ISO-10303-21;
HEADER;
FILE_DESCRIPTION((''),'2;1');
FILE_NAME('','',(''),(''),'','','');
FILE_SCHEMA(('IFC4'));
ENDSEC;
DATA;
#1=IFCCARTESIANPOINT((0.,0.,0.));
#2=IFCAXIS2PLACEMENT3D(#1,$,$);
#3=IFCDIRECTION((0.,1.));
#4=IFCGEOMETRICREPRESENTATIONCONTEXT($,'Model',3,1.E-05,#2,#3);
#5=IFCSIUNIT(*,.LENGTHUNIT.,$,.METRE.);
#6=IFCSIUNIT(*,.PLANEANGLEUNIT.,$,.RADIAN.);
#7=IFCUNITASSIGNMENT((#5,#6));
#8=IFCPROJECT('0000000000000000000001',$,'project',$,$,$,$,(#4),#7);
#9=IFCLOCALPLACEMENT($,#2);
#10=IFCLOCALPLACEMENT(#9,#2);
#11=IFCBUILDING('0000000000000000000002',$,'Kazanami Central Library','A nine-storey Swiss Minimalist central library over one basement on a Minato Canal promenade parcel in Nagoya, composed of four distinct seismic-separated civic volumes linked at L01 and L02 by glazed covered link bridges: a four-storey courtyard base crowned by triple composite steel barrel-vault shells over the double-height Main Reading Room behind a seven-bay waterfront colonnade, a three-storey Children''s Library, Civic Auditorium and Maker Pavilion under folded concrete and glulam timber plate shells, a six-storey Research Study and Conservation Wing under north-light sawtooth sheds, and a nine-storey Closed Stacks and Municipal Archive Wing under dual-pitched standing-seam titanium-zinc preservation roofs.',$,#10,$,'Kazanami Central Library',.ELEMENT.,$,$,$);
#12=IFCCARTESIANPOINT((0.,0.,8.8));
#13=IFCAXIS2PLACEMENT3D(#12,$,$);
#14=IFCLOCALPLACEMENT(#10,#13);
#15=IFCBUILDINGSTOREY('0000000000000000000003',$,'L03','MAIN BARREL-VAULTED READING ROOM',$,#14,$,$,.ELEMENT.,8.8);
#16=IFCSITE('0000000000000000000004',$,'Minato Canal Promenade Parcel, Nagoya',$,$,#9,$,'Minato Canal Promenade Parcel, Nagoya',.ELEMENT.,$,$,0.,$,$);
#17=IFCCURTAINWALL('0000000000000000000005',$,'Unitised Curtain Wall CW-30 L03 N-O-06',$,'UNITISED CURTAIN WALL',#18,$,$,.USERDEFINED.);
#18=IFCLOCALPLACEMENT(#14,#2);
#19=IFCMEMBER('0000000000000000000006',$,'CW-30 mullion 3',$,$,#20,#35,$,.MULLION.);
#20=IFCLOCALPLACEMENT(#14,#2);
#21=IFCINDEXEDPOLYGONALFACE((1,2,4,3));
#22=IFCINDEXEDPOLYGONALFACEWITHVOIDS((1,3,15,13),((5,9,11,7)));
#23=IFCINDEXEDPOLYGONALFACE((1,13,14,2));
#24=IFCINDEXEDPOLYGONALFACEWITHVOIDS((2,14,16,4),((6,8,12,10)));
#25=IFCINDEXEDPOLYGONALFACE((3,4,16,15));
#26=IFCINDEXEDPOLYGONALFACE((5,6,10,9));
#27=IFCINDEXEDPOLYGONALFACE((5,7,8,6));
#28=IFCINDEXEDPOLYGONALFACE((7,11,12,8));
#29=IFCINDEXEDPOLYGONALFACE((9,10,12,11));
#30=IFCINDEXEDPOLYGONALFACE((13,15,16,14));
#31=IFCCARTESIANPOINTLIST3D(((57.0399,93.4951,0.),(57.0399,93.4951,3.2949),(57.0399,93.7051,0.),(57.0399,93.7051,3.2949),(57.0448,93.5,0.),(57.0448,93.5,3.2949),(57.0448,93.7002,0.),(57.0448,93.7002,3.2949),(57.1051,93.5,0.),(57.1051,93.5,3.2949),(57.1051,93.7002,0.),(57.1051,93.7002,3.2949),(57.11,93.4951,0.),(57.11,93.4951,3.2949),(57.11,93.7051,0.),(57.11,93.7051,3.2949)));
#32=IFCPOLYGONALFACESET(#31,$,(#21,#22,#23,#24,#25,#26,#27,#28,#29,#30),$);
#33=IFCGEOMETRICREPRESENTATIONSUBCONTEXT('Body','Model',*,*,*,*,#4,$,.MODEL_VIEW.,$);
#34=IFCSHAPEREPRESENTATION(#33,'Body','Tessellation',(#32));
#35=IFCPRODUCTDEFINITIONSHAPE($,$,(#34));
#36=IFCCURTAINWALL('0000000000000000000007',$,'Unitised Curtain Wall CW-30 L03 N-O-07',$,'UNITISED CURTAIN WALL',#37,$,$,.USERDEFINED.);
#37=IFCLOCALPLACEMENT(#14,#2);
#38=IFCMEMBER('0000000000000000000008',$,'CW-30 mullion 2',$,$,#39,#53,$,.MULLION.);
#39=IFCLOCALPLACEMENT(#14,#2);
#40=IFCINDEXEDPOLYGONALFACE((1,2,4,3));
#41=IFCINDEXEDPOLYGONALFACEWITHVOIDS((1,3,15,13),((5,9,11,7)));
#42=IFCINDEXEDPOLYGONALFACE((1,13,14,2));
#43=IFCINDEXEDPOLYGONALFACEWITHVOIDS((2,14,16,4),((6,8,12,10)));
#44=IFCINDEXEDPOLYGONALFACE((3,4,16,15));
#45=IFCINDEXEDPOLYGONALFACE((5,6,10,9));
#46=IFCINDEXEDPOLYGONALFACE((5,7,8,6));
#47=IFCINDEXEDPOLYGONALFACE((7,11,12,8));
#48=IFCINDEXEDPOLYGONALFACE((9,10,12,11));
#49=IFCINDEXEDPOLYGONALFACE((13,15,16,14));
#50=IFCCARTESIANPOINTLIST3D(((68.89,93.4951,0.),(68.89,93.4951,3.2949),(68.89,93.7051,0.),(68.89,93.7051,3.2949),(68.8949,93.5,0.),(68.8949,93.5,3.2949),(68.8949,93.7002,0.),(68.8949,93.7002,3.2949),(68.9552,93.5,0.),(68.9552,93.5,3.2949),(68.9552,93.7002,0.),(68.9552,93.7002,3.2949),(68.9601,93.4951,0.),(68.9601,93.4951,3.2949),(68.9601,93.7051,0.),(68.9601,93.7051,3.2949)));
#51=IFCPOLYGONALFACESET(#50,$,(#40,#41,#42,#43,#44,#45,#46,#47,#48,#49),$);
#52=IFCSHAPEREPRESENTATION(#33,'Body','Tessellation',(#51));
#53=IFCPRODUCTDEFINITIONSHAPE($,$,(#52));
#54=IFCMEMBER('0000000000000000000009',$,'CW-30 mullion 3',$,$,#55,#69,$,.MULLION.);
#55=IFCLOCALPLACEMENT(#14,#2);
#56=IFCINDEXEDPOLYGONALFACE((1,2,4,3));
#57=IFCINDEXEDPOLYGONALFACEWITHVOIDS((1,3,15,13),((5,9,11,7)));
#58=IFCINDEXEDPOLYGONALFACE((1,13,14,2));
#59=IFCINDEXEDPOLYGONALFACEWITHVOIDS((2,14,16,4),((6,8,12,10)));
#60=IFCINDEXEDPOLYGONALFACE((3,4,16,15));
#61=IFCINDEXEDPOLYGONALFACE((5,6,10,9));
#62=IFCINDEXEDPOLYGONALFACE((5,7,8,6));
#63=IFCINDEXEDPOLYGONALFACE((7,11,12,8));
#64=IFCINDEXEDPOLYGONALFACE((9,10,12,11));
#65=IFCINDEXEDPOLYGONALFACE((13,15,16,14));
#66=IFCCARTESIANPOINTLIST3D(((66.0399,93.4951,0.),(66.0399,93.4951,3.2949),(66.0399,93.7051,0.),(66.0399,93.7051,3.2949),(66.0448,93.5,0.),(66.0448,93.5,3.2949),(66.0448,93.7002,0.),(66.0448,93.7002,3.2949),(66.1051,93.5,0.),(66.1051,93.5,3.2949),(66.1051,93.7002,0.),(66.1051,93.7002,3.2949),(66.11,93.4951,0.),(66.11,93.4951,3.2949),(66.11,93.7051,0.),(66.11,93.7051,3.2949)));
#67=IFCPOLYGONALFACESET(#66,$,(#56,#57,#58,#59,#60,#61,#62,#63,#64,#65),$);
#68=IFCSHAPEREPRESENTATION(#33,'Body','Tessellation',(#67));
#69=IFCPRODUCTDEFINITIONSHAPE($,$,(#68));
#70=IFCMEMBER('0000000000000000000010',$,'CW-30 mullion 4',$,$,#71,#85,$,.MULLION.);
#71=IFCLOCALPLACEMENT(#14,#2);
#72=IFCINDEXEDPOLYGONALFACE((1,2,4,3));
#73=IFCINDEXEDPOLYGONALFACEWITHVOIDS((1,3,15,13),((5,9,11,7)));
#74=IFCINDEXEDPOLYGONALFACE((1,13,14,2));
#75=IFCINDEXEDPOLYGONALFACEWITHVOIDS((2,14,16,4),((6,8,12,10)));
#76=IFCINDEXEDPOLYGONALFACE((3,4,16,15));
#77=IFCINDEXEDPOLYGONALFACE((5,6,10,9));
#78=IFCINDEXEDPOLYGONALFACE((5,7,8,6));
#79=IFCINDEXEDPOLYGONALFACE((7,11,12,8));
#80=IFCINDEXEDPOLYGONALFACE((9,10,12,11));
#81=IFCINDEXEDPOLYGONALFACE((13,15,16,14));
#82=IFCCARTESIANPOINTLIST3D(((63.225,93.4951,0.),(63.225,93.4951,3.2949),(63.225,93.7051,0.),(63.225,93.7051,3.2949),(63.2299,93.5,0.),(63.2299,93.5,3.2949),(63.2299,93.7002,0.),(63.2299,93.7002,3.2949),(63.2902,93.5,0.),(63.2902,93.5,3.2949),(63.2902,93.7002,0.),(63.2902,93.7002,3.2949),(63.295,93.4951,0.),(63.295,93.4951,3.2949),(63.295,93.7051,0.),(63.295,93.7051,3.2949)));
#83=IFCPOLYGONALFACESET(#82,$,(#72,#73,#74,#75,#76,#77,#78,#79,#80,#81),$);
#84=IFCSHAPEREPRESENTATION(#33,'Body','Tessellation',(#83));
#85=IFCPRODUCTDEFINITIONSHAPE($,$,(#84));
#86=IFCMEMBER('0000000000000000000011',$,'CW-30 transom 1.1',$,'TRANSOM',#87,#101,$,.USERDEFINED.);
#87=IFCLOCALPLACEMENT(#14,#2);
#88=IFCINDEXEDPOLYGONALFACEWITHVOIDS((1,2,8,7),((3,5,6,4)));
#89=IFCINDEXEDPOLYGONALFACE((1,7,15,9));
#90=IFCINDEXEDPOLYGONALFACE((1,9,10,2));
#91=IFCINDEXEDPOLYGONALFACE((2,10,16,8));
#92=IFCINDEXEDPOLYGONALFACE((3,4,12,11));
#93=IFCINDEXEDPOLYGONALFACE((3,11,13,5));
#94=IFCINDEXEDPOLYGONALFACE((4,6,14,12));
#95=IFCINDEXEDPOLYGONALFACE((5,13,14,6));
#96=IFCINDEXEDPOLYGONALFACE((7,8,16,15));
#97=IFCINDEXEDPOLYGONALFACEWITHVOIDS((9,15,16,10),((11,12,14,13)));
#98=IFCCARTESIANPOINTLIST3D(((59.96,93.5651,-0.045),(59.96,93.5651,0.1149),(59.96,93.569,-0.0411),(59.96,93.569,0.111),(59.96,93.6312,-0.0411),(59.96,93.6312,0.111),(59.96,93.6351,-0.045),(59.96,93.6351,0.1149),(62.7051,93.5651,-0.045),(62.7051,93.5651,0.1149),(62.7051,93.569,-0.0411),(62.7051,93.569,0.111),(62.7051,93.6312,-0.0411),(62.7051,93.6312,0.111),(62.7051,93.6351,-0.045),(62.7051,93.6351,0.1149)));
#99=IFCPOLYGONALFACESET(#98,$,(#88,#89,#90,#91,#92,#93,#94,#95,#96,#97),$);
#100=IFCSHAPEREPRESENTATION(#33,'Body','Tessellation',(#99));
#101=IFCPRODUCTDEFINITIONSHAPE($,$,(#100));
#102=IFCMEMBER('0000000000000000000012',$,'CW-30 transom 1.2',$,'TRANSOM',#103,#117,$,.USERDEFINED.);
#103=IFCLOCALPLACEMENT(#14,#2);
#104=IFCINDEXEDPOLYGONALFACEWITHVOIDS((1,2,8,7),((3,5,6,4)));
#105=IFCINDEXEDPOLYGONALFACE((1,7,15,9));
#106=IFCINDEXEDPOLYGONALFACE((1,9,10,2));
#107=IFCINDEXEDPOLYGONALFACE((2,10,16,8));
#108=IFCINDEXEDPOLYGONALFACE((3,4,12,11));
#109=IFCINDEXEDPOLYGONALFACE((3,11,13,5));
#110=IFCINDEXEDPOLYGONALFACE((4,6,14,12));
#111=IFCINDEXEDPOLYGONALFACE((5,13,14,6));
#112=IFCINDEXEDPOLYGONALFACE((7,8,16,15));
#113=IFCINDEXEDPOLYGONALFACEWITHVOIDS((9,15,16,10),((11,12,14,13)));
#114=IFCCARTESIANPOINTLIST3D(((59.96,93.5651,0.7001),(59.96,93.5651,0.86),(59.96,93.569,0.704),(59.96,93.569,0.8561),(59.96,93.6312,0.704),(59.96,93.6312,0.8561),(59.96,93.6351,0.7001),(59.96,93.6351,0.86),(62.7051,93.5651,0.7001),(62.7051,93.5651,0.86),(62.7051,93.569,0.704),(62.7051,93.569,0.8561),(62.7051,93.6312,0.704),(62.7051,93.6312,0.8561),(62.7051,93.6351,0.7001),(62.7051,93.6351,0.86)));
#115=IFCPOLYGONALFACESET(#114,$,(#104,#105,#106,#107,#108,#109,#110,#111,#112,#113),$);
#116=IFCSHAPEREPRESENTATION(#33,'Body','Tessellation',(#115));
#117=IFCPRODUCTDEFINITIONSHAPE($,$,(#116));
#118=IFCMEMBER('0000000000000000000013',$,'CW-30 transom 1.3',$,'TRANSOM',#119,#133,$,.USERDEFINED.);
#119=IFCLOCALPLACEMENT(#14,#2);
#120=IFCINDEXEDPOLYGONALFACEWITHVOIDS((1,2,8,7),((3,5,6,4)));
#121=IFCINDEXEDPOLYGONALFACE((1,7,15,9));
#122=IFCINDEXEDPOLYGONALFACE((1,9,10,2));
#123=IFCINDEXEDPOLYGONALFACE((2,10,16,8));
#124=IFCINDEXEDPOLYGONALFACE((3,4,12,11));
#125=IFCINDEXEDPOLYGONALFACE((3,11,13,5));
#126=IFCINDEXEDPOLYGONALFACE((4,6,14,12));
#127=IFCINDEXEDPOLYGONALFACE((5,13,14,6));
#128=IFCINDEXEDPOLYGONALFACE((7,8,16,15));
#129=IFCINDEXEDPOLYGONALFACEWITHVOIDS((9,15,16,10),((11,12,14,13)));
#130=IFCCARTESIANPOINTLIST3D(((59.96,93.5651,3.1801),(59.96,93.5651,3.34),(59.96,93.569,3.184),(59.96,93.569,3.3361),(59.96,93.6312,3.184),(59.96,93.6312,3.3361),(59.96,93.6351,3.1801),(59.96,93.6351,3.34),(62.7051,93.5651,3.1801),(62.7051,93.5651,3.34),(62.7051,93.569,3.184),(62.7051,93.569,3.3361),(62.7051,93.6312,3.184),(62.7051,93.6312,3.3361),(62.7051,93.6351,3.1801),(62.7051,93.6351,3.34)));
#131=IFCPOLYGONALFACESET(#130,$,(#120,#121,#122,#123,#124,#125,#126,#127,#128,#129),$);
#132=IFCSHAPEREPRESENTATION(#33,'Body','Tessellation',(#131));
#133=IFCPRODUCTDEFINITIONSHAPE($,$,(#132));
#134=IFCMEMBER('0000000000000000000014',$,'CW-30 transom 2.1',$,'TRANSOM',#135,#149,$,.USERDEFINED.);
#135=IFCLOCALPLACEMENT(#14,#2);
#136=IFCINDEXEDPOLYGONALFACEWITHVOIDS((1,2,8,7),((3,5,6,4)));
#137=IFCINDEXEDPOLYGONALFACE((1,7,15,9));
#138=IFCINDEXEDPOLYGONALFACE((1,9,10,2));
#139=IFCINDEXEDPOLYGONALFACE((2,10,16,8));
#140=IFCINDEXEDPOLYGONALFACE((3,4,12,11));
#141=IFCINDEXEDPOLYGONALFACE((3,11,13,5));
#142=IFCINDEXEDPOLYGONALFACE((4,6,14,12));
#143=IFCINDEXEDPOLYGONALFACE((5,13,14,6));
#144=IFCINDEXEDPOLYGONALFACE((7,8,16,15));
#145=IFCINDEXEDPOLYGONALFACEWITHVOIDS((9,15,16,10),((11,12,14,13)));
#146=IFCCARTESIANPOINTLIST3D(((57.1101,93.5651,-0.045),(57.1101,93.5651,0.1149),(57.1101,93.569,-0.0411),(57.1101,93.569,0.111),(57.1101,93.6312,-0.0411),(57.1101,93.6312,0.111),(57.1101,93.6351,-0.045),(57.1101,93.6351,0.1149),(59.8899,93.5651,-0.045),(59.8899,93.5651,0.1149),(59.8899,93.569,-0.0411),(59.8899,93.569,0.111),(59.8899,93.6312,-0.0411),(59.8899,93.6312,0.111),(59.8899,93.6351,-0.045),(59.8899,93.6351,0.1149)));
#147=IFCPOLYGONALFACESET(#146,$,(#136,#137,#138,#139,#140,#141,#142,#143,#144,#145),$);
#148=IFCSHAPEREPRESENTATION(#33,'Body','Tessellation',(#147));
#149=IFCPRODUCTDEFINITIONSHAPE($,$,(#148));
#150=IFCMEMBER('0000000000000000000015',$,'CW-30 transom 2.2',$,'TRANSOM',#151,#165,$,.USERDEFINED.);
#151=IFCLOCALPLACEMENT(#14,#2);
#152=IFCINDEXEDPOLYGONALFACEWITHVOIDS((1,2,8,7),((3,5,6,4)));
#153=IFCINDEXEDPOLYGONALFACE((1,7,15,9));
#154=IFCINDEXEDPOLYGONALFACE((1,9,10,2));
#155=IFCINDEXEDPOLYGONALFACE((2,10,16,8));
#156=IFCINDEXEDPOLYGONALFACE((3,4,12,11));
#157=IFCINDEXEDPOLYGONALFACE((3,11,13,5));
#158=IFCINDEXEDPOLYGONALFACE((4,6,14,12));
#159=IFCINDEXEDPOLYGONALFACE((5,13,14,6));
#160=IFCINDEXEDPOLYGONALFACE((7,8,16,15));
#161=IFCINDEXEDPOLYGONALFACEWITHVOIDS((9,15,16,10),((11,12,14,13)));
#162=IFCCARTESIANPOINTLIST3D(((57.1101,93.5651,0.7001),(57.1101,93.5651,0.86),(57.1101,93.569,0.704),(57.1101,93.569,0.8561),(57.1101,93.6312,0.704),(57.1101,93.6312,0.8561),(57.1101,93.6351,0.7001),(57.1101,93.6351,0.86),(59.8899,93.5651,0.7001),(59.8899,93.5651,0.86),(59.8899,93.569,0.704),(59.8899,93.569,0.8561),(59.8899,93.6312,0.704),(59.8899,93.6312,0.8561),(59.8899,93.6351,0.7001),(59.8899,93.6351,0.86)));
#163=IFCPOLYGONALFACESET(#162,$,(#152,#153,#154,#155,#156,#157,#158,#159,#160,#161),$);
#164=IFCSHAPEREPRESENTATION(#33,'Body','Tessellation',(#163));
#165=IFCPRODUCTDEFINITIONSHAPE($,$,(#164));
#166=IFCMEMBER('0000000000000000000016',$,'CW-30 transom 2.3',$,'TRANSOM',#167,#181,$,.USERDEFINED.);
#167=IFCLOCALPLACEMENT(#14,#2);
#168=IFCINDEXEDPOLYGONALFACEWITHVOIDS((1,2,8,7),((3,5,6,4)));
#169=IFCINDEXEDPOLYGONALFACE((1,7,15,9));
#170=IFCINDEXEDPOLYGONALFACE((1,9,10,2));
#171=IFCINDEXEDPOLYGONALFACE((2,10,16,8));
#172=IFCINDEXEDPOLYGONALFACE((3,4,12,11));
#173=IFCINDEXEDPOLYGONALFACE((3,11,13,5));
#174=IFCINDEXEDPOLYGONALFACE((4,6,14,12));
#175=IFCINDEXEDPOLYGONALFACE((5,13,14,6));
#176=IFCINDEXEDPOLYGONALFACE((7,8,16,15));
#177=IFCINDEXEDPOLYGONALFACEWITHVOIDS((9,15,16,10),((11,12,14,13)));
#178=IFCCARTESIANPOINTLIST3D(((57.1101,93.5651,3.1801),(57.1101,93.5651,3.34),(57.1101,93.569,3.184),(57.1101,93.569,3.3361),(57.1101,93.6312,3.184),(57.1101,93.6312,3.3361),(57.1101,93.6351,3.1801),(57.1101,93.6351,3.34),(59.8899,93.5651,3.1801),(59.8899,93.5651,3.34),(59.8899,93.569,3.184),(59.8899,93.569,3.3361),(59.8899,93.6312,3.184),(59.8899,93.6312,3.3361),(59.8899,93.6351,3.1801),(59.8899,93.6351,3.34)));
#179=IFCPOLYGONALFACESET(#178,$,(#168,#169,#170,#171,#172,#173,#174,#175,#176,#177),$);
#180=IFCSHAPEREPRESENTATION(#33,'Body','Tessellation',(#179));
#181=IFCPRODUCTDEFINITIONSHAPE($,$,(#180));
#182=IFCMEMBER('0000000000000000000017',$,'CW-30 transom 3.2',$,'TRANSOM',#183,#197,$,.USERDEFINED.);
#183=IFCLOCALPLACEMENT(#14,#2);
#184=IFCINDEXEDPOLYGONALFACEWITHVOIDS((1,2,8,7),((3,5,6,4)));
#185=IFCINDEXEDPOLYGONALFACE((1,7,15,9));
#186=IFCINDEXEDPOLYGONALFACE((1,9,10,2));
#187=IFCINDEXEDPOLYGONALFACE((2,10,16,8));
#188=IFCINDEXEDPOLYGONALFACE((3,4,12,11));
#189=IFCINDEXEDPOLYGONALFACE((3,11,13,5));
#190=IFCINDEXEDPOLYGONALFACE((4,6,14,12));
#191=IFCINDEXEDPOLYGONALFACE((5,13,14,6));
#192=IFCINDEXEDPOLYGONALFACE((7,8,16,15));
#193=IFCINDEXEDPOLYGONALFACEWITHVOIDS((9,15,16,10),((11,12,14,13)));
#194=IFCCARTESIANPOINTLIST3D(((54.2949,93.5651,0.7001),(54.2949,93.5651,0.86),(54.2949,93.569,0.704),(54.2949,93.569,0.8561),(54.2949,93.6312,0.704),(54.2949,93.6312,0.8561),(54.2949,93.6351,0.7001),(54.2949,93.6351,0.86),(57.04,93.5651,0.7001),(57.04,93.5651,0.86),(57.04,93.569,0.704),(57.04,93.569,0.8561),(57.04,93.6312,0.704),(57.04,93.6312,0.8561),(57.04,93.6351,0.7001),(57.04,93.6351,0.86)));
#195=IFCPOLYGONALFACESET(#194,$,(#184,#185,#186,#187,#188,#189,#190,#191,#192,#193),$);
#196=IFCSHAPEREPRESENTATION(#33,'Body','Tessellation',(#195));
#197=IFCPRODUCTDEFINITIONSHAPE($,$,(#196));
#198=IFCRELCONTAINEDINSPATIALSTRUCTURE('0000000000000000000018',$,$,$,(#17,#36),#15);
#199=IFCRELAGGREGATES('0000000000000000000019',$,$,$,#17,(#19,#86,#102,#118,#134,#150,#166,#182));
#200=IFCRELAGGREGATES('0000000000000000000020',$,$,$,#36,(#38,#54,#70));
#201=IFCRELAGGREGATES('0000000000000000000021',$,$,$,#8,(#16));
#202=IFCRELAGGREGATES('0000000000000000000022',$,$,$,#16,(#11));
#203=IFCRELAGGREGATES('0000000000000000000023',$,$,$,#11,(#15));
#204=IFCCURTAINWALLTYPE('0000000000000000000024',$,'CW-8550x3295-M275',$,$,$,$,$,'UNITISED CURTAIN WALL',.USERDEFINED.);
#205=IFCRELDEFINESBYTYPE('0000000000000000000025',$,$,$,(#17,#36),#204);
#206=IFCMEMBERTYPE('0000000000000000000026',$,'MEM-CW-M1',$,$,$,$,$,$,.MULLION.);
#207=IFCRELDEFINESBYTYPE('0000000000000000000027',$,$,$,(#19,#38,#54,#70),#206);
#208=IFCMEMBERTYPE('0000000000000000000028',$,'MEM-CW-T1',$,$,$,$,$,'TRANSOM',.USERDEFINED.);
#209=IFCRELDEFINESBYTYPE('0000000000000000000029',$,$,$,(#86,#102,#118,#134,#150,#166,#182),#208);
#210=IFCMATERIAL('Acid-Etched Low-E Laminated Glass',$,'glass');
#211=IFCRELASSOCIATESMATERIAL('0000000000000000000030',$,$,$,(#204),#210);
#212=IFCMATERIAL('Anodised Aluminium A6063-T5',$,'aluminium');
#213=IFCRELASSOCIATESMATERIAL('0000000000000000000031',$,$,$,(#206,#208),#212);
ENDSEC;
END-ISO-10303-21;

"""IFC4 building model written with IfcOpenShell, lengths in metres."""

from ifc_helpers import new_model, si_unit, direction, frame, origin, origin_2d, place, context, subcontext, project, spatial, hollow_rectangle, extrude, material, material_profile, profile_set, type_object, element, aggregate, save


model = new_model("IFC4")

# Units and contexts
model_context = context("Model", 3, precision=1e-05, world=origin(), true_north=direction((0.0, 1.0)))
body_context = subcontext(model_context, "Body", "Model", "MODEL_VIEW")
ifc_project = project(units=[si_unit("LENGTHUNIT", "METRE"), si_unit("PLANEANGLEUNIT", "RADIAN")], contexts=[model_context])

# Site, building, storey
site_placement = place(None, origin())
site = spatial("IfcSite", under=ifc_project, at=site_placement, Name="Minato Canal Promenade Parcel, Nagoya", LongName="Minato Canal Promenade Parcel, Nagoya", CompositionType="ELEMENT", RefElevation=0.0)
building_placement = place(site_placement, origin())
building = spatial("IfcBuilding", under=site, at=building_placement, Name="Kazanami Central Library", Description="A nine-storey Swiss Minimalist central library over one basement on a Minato Canal promenade parcel in Nagoya, composed of four distinct seismic-separated civic volumes linked at L01 and L02 by glazed covered link bridges: a four-storey courtyard base crowned by triple composite steel barrel-vault shells over the double-height Main Reading Room behind a seven-bay waterfront colonnade, a three-storey Children's Library, Civic Auditorium and Maker Pavilion under folded concrete and glulam timber plate shells, a six-storey Research Study and Conservation Wing under north-light sawtooth sheds, and a nine-storey Closed Stacks and Municipal Archive Wing under dual-pitched standing-seam titanium-zinc preservation roofs.", LongName="Kazanami Central Library", CompositionType="ELEMENT")
storey_placement = place(building_placement, frame((0.0, 0.0, 8.8)))
storey = spatial("IfcBuildingStorey", under=building, at=storey_placement, Name="L03", Description="MAIN BARREL-VAULTED READING ROOM", CompositionType="ELEMENT", Elevation=8.8)

# Curtain walls, members
ifc_material_1 = material(Name="Acid-Etched Low-E Laminated Glass", Category="glass")
curtain_wall_type = type_object("IfcCurtainWallType", Name="CW-8550x3295-M275", ElementType="UNITISED CURTAIN WALL", PredefinedType="USERDEFINED", material=ifc_material_1)
curtain_wall_1_placement = place(storey_placement, origin())
curtain_wall_1 = element("IfcCurtainWall", 1, at=curtain_wall_1_placement, inside=storey, type_object=curtain_wall_type, Name="Unitised Curtain Wall CW-30 L03 N-O-06", ObjectType="UNITISED CURTAIN WALL", PredefinedType="USERDEFINED")
ifc_material_2 = material(Name="Anodised Aluminium A6063-T5", Category="aluminium")
ifc_material_profile_1 = material_profile(ifc_material_2, hollow_rectangle(XDim=0.0701, YDim=0.21, WallThickness=0.0049, at=origin_2d()), Name="ALU-MULL-70x210x5")
ifc_profile_set_1 = profile_set([ifc_material_profile_1], Name="Anodised Aluminium A6063-T5")
member_type_1 = type_object("IfcMemberType", Name="MEM-CW-M1", PredefinedType="MULLION", material=ifc_profile_set_1)
member_1_placement = place(storey_placement, frame((57.075, 93.6001, 0.0), z_axis=(0.0, 0.0, 1.0), x_axis=(-1.0, 0.0, 0.0)))
member_1 = element("IfcMember", 2, at=member_1_placement, type_object=member_type_1, Name="CW-30 mullion 3", PredefinedType="MULLION", context=body_context, shape_type="SweptSolid", body=[
    extrude(hollow_rectangle(XDim=0.0701, YDim=0.21, WallThickness=0.0049, at=origin_2d()), origin(), (0.0, 0.0, 1.0), 3.2949),
])
curtain_wall_2_placement = place(storey_placement, origin())
curtain_wall_2 = element("IfcCurtainWall", 3, at=curtain_wall_2_placement, inside=storey, type_object=curtain_wall_type, Name="Unitised Curtain Wall CW-30 L03 N-O-07", ObjectType="UNITISED CURTAIN WALL", PredefinedType="USERDEFINED")
member_2_placement = place(storey_placement, frame((68.925, 93.6001, 0.0), z_axis=(0.0, 0.0, 1.0), x_axis=(-1.0, 0.0, 0.0)))
member_2 = element("IfcMember", 4, at=member_2_placement, type_object=member_type_1, Name="CW-30 mullion 2", PredefinedType="MULLION", context=body_context, shape_type="SweptSolid", body=[
    extrude(hollow_rectangle(XDim=0.0701, YDim=0.21, WallThickness=0.0049, at=origin_2d()), origin(), (0.0, 0.0, 1.0), 3.2949),
])
member_3_placement = place(storey_placement, frame((66.075, 93.6001, 0.0), z_axis=(0.0, 0.0, 1.0), x_axis=(-1.0, 0.0, 0.0)))
member_3 = element("IfcMember", 5, at=member_3_placement, type_object=member_type_1, Name="CW-30 mullion 3", PredefinedType="MULLION", context=body_context, shape_type="SweptSolid", body=[
    extrude(hollow_rectangle(XDim=0.0701, YDim=0.21, WallThickness=0.0049, at=origin_2d()), origin(), (0.0, 0.0, 1.0), 3.2949),
])
member_4_placement = place(storey_placement, frame((63.26, 93.6001, 0.0), z_axis=(0.0, 0.0, 1.0), x_axis=(-1.0, 0.0, 0.0)))
member_4 = element("IfcMember", 6, at=member_4_placement, type_object=member_type_1, Name="CW-30 mullion 4", PredefinedType="MULLION", context=body_context, shape_type="SweptSolid", body=[
    extrude(hollow_rectangle(XDim=0.0701, YDim=0.21, WallThickness=0.0049, at=origin_2d()), origin(), (0.0, 0.0, 1.0), 3.2949),
])

# Members
ifc_material_profile_2 = material_profile(ifc_material_2, hollow_rectangle(XDim=0.0701, YDim=0.1599, WallThickness=0.0039, at=origin_2d()), Name="ALU-TRAN-70x160x4")
ifc_profile_set_2 = profile_set([ifc_material_profile_2], Name="Anodised Aluminium A6063-T5")
member_type_2 = type_object("IfcMemberType", Name="MEM-CW-T1", ElementType="TRANSOM", PredefinedType="USERDEFINED", material=ifc_profile_set_2)
member_5_placement = place(storey_placement, frame((62.7051, 93.6001, 0.0349), z_axis=(-1.0, 0.0, 0.0), x_axis=(0.0, -1.0, 0.0)))
member_5 = element("IfcMember", 7, at=member_5_placement, type_object=member_type_2, Name="CW-30 transom 1.1", ObjectType="TRANSOM", PredefinedType="USERDEFINED", context=body_context, shape_type="SweptSolid", body=[
    extrude(hollow_rectangle(XDim=0.0701, YDim=0.1599, WallThickness=0.0039, at=origin_2d()), origin(), (0.0, 0.0, 1.0), 2.7451),
])
member_6_placement = place(storey_placement, frame((62.7051, 93.6001, 0.78), z_axis=(-1.0, 0.0, 0.0), x_axis=(0.0, -1.0, 0.0)))
member_6 = element("IfcMember", 8, at=member_6_placement, type_object=member_type_2, Name="CW-30 transom 1.2", ObjectType="TRANSOM", PredefinedType="USERDEFINED", context=body_context, shape_type="SweptSolid", body=[
    extrude(hollow_rectangle(XDim=0.0701, YDim=0.1599, WallThickness=0.0039, at=origin_2d()), origin(), (0.0, 0.0, 1.0), 2.7451),
])
member_7_placement = place(storey_placement, frame((62.7051, 93.6001, 3.26), z_axis=(-1.0, 0.0, 0.0), x_axis=(0.0, -1.0, 0.0)))
member_7 = element("IfcMember", 9, at=member_7_placement, type_object=member_type_2, Name="CW-30 transom 1.3", ObjectType="TRANSOM", PredefinedType="USERDEFINED", context=body_context, shape_type="SweptSolid", body=[
    extrude(hollow_rectangle(XDim=0.0701, YDim=0.1599, WallThickness=0.0039, at=origin_2d()), origin(), (0.0, 0.0, 1.0), 2.7451),
])
member_8_placement = place(storey_placement, frame((59.8899, 93.6001, 0.0349), z_axis=(-1.0, 0.0, 0.0), x_axis=(0.0, -1.0, 0.0)))
member_8 = element("IfcMember", 10, at=member_8_placement, type_object=member_type_2, Name="CW-30 transom 2.1", ObjectType="TRANSOM", PredefinedType="USERDEFINED", context=body_context, shape_type="SweptSolid", body=[
    extrude(hollow_rectangle(XDim=0.0701, YDim=0.1599, WallThickness=0.0039, at=origin_2d()), origin(), (0.0, 0.0, 1.0), 2.7798),
])
member_9_placement = place(storey_placement, frame((59.8899, 93.6001, 0.78), z_axis=(-1.0, 0.0, 0.0), x_axis=(0.0, -1.0, 0.0)))
member_9 = element("IfcMember", 11, at=member_9_placement, type_object=member_type_2, Name="CW-30 transom 2.2", ObjectType="TRANSOM", PredefinedType="USERDEFINED", context=body_context, shape_type="SweptSolid", body=[
    extrude(hollow_rectangle(XDim=0.0701, YDim=0.1599, WallThickness=0.0039, at=origin_2d()), origin(), (0.0, 0.0, 1.0), 2.7798),
])
member_10_placement = place(storey_placement, frame((59.8899, 93.6001, 3.26), z_axis=(-1.0, 0.0, 0.0), x_axis=(0.0, -1.0, 0.0)))
member_10 = element("IfcMember", 12, at=member_10_placement, type_object=member_type_2, Name="CW-30 transom 2.3", ObjectType="TRANSOM", PredefinedType="USERDEFINED", context=body_context, shape_type="SweptSolid", body=[
    extrude(hollow_rectangle(XDim=0.0701, YDim=0.1599, WallThickness=0.0039, at=origin_2d()), origin(), (0.0, 0.0, 1.0), 2.7798),
])
member_11_placement = place(storey_placement, frame((57.04, 93.6001, 0.78), z_axis=(-1.0, 0.0, 0.0), x_axis=(0.0, -1.0, 0.0)))
member_11 = element("IfcMember", 13, at=member_11_placement, type_object=member_type_2, Name="CW-30 transom 3.2", ObjectType="TRANSOM", PredefinedType="USERDEFINED", context=body_context, shape_type="SweptSolid", body=[
    extrude(hollow_rectangle(XDim=0.0701, YDim=0.1599, WallThickness=0.0039, at=origin_2d()), origin(), (0.0, 0.0, 1.0), 2.7451),
])

aggregate(curtain_wall_1, [member_1, member_5, member_6, member_7, member_8, member_9, member_10, member_11])
aggregate(curtain_wall_2, [member_2, member_3, member_4])

save(model, "model.ifc")
